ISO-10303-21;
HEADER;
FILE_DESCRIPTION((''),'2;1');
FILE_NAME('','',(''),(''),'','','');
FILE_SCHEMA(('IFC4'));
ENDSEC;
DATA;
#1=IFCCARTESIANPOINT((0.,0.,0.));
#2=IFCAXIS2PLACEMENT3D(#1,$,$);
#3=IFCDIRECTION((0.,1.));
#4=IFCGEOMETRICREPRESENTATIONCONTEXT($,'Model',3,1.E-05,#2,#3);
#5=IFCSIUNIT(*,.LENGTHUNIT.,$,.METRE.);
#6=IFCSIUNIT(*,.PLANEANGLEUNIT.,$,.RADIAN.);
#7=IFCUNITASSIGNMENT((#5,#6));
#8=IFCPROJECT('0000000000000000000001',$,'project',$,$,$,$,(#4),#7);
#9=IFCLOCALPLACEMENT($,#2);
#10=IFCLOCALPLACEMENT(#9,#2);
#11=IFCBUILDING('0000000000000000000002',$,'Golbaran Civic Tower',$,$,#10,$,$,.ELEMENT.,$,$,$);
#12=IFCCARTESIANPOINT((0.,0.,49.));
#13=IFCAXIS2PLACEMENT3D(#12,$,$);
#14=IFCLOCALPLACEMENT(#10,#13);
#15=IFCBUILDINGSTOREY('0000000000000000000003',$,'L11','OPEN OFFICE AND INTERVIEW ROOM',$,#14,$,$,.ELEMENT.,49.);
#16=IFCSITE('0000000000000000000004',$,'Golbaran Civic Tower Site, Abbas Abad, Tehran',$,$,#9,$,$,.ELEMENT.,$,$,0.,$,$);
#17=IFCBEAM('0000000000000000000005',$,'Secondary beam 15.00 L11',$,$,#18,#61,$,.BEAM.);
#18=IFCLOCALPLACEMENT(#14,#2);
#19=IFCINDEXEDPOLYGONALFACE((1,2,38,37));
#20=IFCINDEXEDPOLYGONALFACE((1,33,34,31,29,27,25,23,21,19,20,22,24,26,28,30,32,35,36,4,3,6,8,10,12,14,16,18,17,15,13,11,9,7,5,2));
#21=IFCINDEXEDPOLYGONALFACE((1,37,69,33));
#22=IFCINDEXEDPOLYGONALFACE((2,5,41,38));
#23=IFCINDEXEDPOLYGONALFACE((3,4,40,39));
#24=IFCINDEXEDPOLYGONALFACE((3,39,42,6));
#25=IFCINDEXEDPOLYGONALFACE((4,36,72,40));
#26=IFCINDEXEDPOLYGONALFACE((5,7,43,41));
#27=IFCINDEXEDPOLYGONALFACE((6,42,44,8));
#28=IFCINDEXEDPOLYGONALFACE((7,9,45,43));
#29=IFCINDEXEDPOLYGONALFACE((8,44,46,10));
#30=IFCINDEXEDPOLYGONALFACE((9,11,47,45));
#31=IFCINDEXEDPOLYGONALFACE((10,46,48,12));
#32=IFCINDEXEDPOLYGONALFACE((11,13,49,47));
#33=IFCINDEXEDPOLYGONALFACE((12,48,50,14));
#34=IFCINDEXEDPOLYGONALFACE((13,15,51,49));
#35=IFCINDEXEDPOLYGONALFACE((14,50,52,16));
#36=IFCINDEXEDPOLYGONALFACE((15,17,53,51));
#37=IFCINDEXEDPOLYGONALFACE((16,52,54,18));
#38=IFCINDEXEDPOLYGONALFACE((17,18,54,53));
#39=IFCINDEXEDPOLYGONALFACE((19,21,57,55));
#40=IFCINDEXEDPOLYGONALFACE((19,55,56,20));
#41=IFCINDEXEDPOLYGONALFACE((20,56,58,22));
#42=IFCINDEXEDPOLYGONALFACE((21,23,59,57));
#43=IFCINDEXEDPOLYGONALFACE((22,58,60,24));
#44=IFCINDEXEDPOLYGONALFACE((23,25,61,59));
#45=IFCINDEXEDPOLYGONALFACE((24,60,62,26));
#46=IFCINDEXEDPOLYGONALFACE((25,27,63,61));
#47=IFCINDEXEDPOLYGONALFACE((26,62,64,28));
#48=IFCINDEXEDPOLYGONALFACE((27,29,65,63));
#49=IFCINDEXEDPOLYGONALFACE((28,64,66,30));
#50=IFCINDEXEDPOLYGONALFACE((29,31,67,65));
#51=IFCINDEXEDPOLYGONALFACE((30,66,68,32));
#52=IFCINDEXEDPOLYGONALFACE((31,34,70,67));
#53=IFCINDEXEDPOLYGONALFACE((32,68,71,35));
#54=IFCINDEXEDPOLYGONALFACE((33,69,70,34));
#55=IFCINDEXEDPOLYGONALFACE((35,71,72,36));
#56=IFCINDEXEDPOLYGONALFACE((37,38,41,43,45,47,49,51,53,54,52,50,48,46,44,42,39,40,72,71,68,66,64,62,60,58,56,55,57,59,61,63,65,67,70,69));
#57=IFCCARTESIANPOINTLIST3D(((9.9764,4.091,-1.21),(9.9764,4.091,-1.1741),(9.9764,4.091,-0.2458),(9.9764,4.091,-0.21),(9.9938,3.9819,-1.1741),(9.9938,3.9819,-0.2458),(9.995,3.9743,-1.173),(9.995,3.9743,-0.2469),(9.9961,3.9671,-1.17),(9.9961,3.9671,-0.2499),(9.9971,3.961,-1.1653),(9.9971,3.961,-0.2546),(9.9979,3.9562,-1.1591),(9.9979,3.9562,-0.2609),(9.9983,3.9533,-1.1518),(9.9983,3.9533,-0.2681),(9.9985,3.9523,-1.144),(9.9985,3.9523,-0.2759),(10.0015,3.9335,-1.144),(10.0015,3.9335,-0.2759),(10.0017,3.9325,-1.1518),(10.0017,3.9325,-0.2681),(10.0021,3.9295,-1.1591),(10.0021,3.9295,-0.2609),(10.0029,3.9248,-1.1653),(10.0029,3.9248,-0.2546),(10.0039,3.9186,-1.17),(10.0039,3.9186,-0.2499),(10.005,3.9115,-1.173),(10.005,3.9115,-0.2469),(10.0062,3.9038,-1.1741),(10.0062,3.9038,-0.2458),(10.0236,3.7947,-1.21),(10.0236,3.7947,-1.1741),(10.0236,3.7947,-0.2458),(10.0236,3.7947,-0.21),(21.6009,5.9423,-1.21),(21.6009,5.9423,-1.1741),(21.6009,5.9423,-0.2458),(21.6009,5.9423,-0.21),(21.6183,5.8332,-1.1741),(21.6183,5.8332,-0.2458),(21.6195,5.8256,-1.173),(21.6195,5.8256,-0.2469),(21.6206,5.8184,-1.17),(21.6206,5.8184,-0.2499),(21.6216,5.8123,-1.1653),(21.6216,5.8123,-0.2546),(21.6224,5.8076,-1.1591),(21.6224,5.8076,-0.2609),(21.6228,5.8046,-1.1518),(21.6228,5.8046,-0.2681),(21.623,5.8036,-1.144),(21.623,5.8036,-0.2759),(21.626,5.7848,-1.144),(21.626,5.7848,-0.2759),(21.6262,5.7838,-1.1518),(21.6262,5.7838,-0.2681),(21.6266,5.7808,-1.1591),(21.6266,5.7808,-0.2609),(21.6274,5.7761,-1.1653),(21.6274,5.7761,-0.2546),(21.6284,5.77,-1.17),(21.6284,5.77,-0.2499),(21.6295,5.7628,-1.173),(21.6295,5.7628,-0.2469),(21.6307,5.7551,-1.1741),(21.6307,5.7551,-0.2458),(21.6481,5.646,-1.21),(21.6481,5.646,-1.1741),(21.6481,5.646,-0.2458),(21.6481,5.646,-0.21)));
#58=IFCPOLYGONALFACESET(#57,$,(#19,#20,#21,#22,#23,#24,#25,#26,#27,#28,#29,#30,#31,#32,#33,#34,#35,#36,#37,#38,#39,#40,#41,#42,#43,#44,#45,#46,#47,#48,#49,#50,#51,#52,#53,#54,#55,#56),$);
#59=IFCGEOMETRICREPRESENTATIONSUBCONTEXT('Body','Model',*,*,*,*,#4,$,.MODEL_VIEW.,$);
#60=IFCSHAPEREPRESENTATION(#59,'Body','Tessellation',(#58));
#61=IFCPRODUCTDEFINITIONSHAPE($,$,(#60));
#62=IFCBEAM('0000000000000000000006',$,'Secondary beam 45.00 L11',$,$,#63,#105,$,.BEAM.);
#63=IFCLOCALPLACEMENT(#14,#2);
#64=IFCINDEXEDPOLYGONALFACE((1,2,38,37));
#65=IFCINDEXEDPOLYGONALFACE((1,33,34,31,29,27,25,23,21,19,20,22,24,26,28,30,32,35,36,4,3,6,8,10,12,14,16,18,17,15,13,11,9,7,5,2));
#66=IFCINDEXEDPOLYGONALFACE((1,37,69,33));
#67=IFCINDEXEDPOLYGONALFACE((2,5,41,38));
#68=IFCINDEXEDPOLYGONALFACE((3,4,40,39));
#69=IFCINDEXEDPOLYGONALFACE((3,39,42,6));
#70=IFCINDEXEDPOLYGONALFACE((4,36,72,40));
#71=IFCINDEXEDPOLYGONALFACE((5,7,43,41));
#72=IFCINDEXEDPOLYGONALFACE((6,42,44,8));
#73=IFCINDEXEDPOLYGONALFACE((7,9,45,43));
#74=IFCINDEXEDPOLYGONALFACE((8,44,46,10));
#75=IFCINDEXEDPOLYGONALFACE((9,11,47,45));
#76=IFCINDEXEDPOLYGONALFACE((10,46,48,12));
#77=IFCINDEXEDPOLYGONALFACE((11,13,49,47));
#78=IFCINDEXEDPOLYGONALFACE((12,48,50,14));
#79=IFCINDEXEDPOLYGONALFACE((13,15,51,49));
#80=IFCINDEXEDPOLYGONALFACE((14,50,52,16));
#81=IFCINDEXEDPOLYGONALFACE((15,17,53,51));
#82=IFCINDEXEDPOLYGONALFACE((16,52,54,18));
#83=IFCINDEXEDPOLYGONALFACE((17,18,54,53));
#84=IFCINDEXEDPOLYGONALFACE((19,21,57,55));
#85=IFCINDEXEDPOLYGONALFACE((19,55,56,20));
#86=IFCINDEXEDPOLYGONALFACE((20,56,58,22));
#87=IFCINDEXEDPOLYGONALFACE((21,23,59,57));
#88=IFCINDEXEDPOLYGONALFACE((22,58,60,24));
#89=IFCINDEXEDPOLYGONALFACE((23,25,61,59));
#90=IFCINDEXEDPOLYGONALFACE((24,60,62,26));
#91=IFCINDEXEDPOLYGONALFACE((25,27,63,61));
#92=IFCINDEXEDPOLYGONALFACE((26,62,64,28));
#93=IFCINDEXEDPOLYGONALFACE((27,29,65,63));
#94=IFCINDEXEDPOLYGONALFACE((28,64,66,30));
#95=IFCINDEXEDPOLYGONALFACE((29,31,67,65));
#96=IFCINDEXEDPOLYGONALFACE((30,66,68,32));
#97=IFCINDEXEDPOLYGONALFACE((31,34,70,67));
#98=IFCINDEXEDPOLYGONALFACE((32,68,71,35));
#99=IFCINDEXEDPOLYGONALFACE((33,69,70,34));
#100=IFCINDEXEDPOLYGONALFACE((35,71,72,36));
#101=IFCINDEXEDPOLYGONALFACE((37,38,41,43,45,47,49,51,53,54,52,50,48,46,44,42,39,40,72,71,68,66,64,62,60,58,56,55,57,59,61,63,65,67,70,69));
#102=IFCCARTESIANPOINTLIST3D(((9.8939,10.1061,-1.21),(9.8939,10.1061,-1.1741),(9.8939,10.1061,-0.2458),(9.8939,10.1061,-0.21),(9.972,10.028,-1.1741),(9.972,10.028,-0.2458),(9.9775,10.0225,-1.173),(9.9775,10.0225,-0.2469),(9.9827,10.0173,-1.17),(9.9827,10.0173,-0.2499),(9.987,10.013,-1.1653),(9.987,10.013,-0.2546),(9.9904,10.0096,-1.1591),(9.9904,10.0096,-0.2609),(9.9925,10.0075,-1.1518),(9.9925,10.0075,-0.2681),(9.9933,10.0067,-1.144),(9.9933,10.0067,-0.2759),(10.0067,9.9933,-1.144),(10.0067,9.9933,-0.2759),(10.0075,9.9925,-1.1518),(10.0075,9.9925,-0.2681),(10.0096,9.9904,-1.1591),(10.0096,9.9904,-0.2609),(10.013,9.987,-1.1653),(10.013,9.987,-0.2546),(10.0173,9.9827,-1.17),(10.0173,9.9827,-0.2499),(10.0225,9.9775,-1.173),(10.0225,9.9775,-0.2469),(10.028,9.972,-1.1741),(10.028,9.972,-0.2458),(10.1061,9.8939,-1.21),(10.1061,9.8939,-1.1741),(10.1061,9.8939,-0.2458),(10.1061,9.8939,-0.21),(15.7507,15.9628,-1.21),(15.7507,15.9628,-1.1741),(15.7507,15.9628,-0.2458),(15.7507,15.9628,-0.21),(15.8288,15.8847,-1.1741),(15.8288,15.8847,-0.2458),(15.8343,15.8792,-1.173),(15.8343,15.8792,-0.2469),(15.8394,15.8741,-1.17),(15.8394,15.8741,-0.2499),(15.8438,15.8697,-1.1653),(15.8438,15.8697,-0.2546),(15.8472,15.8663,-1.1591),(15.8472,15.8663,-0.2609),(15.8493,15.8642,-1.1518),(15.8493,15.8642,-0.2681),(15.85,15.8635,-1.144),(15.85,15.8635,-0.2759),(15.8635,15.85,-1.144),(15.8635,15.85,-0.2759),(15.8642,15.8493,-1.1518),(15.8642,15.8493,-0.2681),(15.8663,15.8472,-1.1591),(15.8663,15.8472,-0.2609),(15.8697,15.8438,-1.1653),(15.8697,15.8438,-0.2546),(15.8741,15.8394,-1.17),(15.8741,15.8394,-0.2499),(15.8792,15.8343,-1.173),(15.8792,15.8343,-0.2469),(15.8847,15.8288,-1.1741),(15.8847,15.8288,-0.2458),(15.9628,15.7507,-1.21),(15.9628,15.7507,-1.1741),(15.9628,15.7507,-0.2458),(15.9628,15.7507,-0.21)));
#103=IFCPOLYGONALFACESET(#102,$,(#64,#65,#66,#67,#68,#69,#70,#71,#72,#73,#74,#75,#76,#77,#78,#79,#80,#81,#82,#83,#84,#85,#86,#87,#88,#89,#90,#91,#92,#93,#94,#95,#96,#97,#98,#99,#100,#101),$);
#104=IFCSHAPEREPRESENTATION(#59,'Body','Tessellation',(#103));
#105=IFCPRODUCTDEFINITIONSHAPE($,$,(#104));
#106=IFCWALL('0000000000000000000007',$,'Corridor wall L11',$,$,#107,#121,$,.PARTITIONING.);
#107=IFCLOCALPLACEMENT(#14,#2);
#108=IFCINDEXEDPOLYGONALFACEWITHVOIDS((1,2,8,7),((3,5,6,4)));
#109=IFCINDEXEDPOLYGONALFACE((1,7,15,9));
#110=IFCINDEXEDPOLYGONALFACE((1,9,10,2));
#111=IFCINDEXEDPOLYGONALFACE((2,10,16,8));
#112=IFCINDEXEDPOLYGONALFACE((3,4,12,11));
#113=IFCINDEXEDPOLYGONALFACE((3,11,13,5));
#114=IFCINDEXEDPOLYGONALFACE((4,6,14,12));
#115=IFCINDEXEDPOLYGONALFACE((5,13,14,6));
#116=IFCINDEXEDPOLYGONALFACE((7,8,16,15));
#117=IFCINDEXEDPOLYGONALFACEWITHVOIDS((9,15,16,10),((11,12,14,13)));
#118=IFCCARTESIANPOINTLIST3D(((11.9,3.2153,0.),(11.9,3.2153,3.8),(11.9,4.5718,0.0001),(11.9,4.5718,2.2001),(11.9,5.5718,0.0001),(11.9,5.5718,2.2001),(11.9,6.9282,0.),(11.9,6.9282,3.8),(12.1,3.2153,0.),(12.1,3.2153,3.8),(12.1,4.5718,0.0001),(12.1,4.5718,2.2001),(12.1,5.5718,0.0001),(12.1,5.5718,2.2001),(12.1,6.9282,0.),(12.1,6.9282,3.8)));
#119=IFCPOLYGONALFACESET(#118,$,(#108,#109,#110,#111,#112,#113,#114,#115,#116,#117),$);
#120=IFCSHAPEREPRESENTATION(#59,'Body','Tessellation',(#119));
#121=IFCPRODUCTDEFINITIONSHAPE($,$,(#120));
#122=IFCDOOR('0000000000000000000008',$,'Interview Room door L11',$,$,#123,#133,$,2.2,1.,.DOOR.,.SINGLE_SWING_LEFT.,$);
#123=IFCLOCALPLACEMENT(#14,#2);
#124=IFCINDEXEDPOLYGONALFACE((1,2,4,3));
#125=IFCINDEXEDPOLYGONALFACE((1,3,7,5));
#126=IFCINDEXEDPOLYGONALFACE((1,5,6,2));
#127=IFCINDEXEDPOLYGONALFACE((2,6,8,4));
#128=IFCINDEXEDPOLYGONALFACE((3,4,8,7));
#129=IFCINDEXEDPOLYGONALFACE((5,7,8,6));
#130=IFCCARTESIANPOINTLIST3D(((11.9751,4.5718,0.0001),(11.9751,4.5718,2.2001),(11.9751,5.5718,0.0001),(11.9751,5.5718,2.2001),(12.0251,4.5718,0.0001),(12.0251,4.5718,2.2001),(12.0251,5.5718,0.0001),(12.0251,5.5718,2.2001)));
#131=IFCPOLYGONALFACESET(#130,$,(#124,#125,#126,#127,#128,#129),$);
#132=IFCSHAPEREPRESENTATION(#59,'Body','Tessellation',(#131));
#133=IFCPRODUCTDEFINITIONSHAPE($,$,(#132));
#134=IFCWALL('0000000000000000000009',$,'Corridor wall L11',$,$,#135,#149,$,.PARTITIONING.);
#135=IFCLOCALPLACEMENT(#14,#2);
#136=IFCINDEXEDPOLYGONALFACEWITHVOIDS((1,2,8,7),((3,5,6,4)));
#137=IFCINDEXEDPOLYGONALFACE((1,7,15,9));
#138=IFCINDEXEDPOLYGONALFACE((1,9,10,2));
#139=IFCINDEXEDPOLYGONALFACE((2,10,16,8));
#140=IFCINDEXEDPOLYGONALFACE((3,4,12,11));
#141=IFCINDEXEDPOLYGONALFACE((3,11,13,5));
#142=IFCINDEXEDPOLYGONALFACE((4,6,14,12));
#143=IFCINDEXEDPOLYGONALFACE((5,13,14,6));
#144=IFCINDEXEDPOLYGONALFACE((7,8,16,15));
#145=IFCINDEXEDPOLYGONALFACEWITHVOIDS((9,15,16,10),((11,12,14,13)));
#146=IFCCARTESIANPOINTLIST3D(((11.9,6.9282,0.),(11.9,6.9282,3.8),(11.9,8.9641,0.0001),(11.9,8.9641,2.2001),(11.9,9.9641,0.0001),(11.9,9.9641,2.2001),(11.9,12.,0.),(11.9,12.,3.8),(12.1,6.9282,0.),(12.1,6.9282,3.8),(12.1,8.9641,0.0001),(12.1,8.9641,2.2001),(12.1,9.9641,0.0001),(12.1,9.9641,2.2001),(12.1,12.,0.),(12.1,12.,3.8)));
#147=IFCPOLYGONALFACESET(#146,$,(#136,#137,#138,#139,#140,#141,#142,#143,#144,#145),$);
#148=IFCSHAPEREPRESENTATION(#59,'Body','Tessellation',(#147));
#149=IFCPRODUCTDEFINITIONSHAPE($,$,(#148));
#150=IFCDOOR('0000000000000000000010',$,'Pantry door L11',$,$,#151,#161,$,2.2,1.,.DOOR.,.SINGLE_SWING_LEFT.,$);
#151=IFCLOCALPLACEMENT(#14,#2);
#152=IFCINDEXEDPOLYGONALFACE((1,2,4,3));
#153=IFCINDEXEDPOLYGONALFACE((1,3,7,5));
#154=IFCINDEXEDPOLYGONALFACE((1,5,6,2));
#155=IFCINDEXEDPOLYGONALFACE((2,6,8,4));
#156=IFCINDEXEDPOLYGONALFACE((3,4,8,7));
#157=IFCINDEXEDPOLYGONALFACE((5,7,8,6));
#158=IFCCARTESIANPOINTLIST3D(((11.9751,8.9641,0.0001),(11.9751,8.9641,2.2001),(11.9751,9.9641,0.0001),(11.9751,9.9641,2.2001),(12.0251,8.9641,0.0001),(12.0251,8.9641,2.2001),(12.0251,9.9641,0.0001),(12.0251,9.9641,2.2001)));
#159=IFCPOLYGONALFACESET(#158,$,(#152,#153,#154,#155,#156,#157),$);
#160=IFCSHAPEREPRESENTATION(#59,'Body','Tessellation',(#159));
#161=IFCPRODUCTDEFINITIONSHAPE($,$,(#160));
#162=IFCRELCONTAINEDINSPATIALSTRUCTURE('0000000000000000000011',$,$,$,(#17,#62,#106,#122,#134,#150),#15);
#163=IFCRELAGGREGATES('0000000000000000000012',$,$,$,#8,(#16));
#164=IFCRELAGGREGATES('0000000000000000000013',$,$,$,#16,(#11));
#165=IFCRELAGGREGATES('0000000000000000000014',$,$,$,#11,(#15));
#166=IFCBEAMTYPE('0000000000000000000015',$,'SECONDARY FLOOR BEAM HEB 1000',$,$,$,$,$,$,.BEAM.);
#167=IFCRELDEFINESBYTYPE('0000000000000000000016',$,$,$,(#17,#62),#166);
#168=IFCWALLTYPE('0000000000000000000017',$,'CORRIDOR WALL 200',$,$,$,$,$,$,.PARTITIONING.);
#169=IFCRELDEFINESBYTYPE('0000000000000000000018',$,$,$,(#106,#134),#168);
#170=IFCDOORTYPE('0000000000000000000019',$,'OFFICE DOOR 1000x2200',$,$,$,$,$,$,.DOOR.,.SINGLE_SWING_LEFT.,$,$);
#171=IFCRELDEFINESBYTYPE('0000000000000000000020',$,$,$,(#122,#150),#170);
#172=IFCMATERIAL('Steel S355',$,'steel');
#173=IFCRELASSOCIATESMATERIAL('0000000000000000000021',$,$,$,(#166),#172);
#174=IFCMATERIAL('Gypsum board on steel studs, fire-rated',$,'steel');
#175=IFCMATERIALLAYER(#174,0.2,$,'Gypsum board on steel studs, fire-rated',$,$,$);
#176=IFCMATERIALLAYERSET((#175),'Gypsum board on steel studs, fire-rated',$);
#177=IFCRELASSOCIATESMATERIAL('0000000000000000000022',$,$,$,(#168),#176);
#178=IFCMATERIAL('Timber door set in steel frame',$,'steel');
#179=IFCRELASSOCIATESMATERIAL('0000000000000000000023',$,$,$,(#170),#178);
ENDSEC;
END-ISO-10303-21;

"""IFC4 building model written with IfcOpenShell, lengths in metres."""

from ifc_helpers import new_model, si_unit, direction, frame, frame_2d, origin, origin_2d, place, context, subcontext, project, spatial, rectangle, i_section, extrude, material, layer, layer_set, material_profile, profile_set, type_object, element, fill, save


model = new_model("IFC4")

# Units and contexts
model_context = context("Model", 3, precision=1e-05, world=origin(), true_north=direction((0.0, 1.0)))
body_context = subcontext(model_context, "Body", "Model", "MODEL_VIEW")
ifc_project = project(units=[si_unit("LENGTHUNIT", "METRE"), si_unit("PLANEANGLEUNIT", "RADIAN")], contexts=[model_context])

# Site, building, storey
site_placement = place(None, origin())
site = spatial("IfcSite", under=ifc_project, at=site_placement, Name="Golbaran Civic Tower Site, Abbas Abad, Tehran", CompositionType="ELEMENT", RefElevation=0.0)
building_placement = place(site_placement, origin())
building = spatial("IfcBuilding", under=site, at=building_placement, Name="Golbaran Civic Tower", CompositionType="ELEMENT")
storey_placement = place(building_placement, frame((0.0, 0.0, 49.0)))
storey = spatial("IfcBuildingStorey", under=building, at=storey_placement, Name="L11", Description="OPEN OFFICE AND INTERVIEW ROOM", CompositionType="ELEMENT", Elevation=49.0)

# Beams
ifc_material_1 = material(Name="Steel S355", Category="steel")
ifc_material_profile_1 = material_profile(ifc_material_1, i_section(OverallWidth=0.3, OverallDepth=1.0, WebThickness=0.019, FlangeThickness=0.0359, FilletRadius=0.03, at=origin_2d()), Name="HEB 1000")
ifc_profile_set_1 = profile_set([ifc_material_profile_1], Name="Steel S355")
beam_type_1 = type_object("IfcBeamType", Name="SECONDARY FLOOR BEAM HEB 1000", PredefinedType="BEAM", material=ifc_profile_set_1)
beam_1_placement = place(storey_placement, frame((10.0, 3.9429, -0.71), z_axis=(0.987554, 0.157278, 0.0), x_axis=(-0.157278, 0.987554, 0.0)))
element("IfcBeam", 1, at=beam_1_placement, inside=storey, type_object=beam_type_1, Name="Secondary beam 15.00 L11", PredefinedType="BEAM", context=body_context, shape_type="SweptSolid", body=[
    extrude(i_section(OverallWidth=0.3, OverallDepth=1.0, WebThickness=0.019, FlangeThickness=0.0359, FilletRadius=0.03, at=origin_2d()), origin(), (0.0, 0.0, 1.0), 11.771),
])
beam_2_placement = place(storey_placement, frame((10.0, 10.0, -0.71), z_axis=(0.707107, 0.707107, 0.0), x_axis=(-0.707107, 0.707107, 0.0)))
element("IfcBeam", 2, at=beam_2_placement, inside=storey, type_object=beam_type_1, Name="Secondary beam 45.00 L11", PredefinedType="BEAM", context=body_context, shape_type="SweptSolid", body=[
    extrude(i_section(OverallWidth=0.3, OverallDepth=1.0, WebThickness=0.019, FlangeThickness=0.0359, FilletRadius=0.03, at=origin_2d()), origin(), (0.0, 0.0, 1.0), 8.2827),
])

# Walls, openings, doors
ifc_material_2 = material(Name="Gypsum board on steel studs, fire-rated", Category="steel")
ifc_layer_1 = layer(ifc_material_2, 0.2, Name="Gypsum board on steel studs, fire-rated")
ifc_layer_set_1 = layer_set([ifc_layer_1], Name="Gypsum board on steel studs, fire-rated")
wall_type_1 = type_object("IfcWallType", Name="CORRIDOR WALL 200", PredefinedType="PARTITIONING", material=ifc_layer_set_1)
wall_1_placement = place(storey_placement, frame((12.0, 3.2153, 0.0), z_axis=(0.0, 0.0, 1.0), x_axis=(0.0, 1.0, 0.0)))
wall_1 = element("IfcWall", 3, at=wall_1_placement, inside=storey, type_object=wall_type_1, Name="Corridor wall L11", PredefinedType="PARTITIONING", context=body_context, shape_type="SweptSolid", body=[
    extrude(rectangle(XDim=3.7129, YDim=0.2, at=frame_2d((1.8564, 0.0))), origin(), (0.0, 0.0, 1.0), 3.8),
])
opening_1_placement = place(wall_1_placement, frame((1.3564, 0.0, 0.0)))
opening_1 = element("IfcOpeningElement", 4, at=opening_1_placement, cuts=wall_1, PredefinedType="OPENING", context=body_context, shape_type="SweptSolid", body=[
    extrude(rectangle(XDim=1.0, YDim=2.2, at=frame_2d((0.5, 1.1001))), frame((0.0, 0.1099, 0.0), z_axis=(0.0, -1.0, 0.0), x_axis=(1.0, 0.0, 0.0)), (0.0, 0.0, 1.0), 0.22),
])
ifc_material_3 = material(Name="Timber door set in steel frame", Category="steel")
door_type_1 = type_object("IfcDoorType", Name="OFFICE DOOR 1000x2200", OperationType="SINGLE_SWING_LEFT", PredefinedType="DOOR", material=ifc_material_3)
door_1_placement = place(opening_1_placement, origin())
door_1 = element("IfcDoor", 5, at=door_1_placement, inside=storey, type_object=door_type_1, Name="Interview Room door L11", OperationType="SINGLE_SWING_LEFT", OverallHeight=2.2, OverallWidth=1.0, PredefinedType="DOOR", context=body_context, shape_type="SweptSolid", body=[
    extrude(rectangle(XDim=1.0, YDim=2.2, at=frame_2d((0.5, 1.1001))), frame((0.0, 0.0249, 0.0), z_axis=(0.0, -1.0, 0.0), x_axis=(1.0, 0.0, 0.0)), (0.0, 0.0, 1.0), 0.05),
])
fill(opening_1, door_1)
wall_2_placement = place(storey_placement, frame((12.0, 6.9282, 0.0), z_axis=(0.0, 0.0, 1.0), x_axis=(0.0, 1.0, 0.0)))
wall_2 = element("IfcWall", 6, at=wall_2_placement, inside=storey, type_object=wall_type_1, Name="Corridor wall L11", PredefinedType="PARTITIONING", context=body_context, shape_type="SweptSolid", body=[
    extrude(rectangle(XDim=5.0718, YDim=0.2, at=frame_2d((2.5359, 0.0))), origin(), (0.0, 0.0, 1.0), 3.8),
])
opening_2_placement = place(wall_2_placement, frame((2.0359, 0.0, 0.0)))
opening_2 = element("IfcOpeningElement", 7, at=opening_2_placement, cuts=wall_2, PredefinedType="OPENING", context=body_context, shape_type="SweptSolid", body=[
    extrude(rectangle(XDim=1.0, YDim=2.2, at=frame_2d((0.5, 1.1001))), frame((0.0, 0.1099, 0.0), z_axis=(0.0, -1.0, 0.0), x_axis=(1.0, 0.0, 0.0)), (0.0, 0.0, 1.0), 0.22),
])
door_2_placement = place(opening_2_placement, origin())
door_2 = element("IfcDoor", 8, at=door_2_placement, inside=storey, type_object=door_type_1, Name="Pantry door L11", OperationType="SINGLE_SWING_LEFT", OverallHeight=2.2, OverallWidth=1.0, PredefinedType="DOOR", context=body_context, shape_type="SweptSolid", body=[
    extrude(rectangle(XDim=1.0, YDim=2.2, at=frame_2d((0.5, 1.1001))), frame((0.0, 0.0249, 0.0), z_axis=(0.0, -1.0, 0.0), x_axis=(1.0, 0.0, 0.0)), (0.0, 0.0, 1.0), 0.05),
])
fill(opening_2, door_2)

save(model, "model.ifc")
